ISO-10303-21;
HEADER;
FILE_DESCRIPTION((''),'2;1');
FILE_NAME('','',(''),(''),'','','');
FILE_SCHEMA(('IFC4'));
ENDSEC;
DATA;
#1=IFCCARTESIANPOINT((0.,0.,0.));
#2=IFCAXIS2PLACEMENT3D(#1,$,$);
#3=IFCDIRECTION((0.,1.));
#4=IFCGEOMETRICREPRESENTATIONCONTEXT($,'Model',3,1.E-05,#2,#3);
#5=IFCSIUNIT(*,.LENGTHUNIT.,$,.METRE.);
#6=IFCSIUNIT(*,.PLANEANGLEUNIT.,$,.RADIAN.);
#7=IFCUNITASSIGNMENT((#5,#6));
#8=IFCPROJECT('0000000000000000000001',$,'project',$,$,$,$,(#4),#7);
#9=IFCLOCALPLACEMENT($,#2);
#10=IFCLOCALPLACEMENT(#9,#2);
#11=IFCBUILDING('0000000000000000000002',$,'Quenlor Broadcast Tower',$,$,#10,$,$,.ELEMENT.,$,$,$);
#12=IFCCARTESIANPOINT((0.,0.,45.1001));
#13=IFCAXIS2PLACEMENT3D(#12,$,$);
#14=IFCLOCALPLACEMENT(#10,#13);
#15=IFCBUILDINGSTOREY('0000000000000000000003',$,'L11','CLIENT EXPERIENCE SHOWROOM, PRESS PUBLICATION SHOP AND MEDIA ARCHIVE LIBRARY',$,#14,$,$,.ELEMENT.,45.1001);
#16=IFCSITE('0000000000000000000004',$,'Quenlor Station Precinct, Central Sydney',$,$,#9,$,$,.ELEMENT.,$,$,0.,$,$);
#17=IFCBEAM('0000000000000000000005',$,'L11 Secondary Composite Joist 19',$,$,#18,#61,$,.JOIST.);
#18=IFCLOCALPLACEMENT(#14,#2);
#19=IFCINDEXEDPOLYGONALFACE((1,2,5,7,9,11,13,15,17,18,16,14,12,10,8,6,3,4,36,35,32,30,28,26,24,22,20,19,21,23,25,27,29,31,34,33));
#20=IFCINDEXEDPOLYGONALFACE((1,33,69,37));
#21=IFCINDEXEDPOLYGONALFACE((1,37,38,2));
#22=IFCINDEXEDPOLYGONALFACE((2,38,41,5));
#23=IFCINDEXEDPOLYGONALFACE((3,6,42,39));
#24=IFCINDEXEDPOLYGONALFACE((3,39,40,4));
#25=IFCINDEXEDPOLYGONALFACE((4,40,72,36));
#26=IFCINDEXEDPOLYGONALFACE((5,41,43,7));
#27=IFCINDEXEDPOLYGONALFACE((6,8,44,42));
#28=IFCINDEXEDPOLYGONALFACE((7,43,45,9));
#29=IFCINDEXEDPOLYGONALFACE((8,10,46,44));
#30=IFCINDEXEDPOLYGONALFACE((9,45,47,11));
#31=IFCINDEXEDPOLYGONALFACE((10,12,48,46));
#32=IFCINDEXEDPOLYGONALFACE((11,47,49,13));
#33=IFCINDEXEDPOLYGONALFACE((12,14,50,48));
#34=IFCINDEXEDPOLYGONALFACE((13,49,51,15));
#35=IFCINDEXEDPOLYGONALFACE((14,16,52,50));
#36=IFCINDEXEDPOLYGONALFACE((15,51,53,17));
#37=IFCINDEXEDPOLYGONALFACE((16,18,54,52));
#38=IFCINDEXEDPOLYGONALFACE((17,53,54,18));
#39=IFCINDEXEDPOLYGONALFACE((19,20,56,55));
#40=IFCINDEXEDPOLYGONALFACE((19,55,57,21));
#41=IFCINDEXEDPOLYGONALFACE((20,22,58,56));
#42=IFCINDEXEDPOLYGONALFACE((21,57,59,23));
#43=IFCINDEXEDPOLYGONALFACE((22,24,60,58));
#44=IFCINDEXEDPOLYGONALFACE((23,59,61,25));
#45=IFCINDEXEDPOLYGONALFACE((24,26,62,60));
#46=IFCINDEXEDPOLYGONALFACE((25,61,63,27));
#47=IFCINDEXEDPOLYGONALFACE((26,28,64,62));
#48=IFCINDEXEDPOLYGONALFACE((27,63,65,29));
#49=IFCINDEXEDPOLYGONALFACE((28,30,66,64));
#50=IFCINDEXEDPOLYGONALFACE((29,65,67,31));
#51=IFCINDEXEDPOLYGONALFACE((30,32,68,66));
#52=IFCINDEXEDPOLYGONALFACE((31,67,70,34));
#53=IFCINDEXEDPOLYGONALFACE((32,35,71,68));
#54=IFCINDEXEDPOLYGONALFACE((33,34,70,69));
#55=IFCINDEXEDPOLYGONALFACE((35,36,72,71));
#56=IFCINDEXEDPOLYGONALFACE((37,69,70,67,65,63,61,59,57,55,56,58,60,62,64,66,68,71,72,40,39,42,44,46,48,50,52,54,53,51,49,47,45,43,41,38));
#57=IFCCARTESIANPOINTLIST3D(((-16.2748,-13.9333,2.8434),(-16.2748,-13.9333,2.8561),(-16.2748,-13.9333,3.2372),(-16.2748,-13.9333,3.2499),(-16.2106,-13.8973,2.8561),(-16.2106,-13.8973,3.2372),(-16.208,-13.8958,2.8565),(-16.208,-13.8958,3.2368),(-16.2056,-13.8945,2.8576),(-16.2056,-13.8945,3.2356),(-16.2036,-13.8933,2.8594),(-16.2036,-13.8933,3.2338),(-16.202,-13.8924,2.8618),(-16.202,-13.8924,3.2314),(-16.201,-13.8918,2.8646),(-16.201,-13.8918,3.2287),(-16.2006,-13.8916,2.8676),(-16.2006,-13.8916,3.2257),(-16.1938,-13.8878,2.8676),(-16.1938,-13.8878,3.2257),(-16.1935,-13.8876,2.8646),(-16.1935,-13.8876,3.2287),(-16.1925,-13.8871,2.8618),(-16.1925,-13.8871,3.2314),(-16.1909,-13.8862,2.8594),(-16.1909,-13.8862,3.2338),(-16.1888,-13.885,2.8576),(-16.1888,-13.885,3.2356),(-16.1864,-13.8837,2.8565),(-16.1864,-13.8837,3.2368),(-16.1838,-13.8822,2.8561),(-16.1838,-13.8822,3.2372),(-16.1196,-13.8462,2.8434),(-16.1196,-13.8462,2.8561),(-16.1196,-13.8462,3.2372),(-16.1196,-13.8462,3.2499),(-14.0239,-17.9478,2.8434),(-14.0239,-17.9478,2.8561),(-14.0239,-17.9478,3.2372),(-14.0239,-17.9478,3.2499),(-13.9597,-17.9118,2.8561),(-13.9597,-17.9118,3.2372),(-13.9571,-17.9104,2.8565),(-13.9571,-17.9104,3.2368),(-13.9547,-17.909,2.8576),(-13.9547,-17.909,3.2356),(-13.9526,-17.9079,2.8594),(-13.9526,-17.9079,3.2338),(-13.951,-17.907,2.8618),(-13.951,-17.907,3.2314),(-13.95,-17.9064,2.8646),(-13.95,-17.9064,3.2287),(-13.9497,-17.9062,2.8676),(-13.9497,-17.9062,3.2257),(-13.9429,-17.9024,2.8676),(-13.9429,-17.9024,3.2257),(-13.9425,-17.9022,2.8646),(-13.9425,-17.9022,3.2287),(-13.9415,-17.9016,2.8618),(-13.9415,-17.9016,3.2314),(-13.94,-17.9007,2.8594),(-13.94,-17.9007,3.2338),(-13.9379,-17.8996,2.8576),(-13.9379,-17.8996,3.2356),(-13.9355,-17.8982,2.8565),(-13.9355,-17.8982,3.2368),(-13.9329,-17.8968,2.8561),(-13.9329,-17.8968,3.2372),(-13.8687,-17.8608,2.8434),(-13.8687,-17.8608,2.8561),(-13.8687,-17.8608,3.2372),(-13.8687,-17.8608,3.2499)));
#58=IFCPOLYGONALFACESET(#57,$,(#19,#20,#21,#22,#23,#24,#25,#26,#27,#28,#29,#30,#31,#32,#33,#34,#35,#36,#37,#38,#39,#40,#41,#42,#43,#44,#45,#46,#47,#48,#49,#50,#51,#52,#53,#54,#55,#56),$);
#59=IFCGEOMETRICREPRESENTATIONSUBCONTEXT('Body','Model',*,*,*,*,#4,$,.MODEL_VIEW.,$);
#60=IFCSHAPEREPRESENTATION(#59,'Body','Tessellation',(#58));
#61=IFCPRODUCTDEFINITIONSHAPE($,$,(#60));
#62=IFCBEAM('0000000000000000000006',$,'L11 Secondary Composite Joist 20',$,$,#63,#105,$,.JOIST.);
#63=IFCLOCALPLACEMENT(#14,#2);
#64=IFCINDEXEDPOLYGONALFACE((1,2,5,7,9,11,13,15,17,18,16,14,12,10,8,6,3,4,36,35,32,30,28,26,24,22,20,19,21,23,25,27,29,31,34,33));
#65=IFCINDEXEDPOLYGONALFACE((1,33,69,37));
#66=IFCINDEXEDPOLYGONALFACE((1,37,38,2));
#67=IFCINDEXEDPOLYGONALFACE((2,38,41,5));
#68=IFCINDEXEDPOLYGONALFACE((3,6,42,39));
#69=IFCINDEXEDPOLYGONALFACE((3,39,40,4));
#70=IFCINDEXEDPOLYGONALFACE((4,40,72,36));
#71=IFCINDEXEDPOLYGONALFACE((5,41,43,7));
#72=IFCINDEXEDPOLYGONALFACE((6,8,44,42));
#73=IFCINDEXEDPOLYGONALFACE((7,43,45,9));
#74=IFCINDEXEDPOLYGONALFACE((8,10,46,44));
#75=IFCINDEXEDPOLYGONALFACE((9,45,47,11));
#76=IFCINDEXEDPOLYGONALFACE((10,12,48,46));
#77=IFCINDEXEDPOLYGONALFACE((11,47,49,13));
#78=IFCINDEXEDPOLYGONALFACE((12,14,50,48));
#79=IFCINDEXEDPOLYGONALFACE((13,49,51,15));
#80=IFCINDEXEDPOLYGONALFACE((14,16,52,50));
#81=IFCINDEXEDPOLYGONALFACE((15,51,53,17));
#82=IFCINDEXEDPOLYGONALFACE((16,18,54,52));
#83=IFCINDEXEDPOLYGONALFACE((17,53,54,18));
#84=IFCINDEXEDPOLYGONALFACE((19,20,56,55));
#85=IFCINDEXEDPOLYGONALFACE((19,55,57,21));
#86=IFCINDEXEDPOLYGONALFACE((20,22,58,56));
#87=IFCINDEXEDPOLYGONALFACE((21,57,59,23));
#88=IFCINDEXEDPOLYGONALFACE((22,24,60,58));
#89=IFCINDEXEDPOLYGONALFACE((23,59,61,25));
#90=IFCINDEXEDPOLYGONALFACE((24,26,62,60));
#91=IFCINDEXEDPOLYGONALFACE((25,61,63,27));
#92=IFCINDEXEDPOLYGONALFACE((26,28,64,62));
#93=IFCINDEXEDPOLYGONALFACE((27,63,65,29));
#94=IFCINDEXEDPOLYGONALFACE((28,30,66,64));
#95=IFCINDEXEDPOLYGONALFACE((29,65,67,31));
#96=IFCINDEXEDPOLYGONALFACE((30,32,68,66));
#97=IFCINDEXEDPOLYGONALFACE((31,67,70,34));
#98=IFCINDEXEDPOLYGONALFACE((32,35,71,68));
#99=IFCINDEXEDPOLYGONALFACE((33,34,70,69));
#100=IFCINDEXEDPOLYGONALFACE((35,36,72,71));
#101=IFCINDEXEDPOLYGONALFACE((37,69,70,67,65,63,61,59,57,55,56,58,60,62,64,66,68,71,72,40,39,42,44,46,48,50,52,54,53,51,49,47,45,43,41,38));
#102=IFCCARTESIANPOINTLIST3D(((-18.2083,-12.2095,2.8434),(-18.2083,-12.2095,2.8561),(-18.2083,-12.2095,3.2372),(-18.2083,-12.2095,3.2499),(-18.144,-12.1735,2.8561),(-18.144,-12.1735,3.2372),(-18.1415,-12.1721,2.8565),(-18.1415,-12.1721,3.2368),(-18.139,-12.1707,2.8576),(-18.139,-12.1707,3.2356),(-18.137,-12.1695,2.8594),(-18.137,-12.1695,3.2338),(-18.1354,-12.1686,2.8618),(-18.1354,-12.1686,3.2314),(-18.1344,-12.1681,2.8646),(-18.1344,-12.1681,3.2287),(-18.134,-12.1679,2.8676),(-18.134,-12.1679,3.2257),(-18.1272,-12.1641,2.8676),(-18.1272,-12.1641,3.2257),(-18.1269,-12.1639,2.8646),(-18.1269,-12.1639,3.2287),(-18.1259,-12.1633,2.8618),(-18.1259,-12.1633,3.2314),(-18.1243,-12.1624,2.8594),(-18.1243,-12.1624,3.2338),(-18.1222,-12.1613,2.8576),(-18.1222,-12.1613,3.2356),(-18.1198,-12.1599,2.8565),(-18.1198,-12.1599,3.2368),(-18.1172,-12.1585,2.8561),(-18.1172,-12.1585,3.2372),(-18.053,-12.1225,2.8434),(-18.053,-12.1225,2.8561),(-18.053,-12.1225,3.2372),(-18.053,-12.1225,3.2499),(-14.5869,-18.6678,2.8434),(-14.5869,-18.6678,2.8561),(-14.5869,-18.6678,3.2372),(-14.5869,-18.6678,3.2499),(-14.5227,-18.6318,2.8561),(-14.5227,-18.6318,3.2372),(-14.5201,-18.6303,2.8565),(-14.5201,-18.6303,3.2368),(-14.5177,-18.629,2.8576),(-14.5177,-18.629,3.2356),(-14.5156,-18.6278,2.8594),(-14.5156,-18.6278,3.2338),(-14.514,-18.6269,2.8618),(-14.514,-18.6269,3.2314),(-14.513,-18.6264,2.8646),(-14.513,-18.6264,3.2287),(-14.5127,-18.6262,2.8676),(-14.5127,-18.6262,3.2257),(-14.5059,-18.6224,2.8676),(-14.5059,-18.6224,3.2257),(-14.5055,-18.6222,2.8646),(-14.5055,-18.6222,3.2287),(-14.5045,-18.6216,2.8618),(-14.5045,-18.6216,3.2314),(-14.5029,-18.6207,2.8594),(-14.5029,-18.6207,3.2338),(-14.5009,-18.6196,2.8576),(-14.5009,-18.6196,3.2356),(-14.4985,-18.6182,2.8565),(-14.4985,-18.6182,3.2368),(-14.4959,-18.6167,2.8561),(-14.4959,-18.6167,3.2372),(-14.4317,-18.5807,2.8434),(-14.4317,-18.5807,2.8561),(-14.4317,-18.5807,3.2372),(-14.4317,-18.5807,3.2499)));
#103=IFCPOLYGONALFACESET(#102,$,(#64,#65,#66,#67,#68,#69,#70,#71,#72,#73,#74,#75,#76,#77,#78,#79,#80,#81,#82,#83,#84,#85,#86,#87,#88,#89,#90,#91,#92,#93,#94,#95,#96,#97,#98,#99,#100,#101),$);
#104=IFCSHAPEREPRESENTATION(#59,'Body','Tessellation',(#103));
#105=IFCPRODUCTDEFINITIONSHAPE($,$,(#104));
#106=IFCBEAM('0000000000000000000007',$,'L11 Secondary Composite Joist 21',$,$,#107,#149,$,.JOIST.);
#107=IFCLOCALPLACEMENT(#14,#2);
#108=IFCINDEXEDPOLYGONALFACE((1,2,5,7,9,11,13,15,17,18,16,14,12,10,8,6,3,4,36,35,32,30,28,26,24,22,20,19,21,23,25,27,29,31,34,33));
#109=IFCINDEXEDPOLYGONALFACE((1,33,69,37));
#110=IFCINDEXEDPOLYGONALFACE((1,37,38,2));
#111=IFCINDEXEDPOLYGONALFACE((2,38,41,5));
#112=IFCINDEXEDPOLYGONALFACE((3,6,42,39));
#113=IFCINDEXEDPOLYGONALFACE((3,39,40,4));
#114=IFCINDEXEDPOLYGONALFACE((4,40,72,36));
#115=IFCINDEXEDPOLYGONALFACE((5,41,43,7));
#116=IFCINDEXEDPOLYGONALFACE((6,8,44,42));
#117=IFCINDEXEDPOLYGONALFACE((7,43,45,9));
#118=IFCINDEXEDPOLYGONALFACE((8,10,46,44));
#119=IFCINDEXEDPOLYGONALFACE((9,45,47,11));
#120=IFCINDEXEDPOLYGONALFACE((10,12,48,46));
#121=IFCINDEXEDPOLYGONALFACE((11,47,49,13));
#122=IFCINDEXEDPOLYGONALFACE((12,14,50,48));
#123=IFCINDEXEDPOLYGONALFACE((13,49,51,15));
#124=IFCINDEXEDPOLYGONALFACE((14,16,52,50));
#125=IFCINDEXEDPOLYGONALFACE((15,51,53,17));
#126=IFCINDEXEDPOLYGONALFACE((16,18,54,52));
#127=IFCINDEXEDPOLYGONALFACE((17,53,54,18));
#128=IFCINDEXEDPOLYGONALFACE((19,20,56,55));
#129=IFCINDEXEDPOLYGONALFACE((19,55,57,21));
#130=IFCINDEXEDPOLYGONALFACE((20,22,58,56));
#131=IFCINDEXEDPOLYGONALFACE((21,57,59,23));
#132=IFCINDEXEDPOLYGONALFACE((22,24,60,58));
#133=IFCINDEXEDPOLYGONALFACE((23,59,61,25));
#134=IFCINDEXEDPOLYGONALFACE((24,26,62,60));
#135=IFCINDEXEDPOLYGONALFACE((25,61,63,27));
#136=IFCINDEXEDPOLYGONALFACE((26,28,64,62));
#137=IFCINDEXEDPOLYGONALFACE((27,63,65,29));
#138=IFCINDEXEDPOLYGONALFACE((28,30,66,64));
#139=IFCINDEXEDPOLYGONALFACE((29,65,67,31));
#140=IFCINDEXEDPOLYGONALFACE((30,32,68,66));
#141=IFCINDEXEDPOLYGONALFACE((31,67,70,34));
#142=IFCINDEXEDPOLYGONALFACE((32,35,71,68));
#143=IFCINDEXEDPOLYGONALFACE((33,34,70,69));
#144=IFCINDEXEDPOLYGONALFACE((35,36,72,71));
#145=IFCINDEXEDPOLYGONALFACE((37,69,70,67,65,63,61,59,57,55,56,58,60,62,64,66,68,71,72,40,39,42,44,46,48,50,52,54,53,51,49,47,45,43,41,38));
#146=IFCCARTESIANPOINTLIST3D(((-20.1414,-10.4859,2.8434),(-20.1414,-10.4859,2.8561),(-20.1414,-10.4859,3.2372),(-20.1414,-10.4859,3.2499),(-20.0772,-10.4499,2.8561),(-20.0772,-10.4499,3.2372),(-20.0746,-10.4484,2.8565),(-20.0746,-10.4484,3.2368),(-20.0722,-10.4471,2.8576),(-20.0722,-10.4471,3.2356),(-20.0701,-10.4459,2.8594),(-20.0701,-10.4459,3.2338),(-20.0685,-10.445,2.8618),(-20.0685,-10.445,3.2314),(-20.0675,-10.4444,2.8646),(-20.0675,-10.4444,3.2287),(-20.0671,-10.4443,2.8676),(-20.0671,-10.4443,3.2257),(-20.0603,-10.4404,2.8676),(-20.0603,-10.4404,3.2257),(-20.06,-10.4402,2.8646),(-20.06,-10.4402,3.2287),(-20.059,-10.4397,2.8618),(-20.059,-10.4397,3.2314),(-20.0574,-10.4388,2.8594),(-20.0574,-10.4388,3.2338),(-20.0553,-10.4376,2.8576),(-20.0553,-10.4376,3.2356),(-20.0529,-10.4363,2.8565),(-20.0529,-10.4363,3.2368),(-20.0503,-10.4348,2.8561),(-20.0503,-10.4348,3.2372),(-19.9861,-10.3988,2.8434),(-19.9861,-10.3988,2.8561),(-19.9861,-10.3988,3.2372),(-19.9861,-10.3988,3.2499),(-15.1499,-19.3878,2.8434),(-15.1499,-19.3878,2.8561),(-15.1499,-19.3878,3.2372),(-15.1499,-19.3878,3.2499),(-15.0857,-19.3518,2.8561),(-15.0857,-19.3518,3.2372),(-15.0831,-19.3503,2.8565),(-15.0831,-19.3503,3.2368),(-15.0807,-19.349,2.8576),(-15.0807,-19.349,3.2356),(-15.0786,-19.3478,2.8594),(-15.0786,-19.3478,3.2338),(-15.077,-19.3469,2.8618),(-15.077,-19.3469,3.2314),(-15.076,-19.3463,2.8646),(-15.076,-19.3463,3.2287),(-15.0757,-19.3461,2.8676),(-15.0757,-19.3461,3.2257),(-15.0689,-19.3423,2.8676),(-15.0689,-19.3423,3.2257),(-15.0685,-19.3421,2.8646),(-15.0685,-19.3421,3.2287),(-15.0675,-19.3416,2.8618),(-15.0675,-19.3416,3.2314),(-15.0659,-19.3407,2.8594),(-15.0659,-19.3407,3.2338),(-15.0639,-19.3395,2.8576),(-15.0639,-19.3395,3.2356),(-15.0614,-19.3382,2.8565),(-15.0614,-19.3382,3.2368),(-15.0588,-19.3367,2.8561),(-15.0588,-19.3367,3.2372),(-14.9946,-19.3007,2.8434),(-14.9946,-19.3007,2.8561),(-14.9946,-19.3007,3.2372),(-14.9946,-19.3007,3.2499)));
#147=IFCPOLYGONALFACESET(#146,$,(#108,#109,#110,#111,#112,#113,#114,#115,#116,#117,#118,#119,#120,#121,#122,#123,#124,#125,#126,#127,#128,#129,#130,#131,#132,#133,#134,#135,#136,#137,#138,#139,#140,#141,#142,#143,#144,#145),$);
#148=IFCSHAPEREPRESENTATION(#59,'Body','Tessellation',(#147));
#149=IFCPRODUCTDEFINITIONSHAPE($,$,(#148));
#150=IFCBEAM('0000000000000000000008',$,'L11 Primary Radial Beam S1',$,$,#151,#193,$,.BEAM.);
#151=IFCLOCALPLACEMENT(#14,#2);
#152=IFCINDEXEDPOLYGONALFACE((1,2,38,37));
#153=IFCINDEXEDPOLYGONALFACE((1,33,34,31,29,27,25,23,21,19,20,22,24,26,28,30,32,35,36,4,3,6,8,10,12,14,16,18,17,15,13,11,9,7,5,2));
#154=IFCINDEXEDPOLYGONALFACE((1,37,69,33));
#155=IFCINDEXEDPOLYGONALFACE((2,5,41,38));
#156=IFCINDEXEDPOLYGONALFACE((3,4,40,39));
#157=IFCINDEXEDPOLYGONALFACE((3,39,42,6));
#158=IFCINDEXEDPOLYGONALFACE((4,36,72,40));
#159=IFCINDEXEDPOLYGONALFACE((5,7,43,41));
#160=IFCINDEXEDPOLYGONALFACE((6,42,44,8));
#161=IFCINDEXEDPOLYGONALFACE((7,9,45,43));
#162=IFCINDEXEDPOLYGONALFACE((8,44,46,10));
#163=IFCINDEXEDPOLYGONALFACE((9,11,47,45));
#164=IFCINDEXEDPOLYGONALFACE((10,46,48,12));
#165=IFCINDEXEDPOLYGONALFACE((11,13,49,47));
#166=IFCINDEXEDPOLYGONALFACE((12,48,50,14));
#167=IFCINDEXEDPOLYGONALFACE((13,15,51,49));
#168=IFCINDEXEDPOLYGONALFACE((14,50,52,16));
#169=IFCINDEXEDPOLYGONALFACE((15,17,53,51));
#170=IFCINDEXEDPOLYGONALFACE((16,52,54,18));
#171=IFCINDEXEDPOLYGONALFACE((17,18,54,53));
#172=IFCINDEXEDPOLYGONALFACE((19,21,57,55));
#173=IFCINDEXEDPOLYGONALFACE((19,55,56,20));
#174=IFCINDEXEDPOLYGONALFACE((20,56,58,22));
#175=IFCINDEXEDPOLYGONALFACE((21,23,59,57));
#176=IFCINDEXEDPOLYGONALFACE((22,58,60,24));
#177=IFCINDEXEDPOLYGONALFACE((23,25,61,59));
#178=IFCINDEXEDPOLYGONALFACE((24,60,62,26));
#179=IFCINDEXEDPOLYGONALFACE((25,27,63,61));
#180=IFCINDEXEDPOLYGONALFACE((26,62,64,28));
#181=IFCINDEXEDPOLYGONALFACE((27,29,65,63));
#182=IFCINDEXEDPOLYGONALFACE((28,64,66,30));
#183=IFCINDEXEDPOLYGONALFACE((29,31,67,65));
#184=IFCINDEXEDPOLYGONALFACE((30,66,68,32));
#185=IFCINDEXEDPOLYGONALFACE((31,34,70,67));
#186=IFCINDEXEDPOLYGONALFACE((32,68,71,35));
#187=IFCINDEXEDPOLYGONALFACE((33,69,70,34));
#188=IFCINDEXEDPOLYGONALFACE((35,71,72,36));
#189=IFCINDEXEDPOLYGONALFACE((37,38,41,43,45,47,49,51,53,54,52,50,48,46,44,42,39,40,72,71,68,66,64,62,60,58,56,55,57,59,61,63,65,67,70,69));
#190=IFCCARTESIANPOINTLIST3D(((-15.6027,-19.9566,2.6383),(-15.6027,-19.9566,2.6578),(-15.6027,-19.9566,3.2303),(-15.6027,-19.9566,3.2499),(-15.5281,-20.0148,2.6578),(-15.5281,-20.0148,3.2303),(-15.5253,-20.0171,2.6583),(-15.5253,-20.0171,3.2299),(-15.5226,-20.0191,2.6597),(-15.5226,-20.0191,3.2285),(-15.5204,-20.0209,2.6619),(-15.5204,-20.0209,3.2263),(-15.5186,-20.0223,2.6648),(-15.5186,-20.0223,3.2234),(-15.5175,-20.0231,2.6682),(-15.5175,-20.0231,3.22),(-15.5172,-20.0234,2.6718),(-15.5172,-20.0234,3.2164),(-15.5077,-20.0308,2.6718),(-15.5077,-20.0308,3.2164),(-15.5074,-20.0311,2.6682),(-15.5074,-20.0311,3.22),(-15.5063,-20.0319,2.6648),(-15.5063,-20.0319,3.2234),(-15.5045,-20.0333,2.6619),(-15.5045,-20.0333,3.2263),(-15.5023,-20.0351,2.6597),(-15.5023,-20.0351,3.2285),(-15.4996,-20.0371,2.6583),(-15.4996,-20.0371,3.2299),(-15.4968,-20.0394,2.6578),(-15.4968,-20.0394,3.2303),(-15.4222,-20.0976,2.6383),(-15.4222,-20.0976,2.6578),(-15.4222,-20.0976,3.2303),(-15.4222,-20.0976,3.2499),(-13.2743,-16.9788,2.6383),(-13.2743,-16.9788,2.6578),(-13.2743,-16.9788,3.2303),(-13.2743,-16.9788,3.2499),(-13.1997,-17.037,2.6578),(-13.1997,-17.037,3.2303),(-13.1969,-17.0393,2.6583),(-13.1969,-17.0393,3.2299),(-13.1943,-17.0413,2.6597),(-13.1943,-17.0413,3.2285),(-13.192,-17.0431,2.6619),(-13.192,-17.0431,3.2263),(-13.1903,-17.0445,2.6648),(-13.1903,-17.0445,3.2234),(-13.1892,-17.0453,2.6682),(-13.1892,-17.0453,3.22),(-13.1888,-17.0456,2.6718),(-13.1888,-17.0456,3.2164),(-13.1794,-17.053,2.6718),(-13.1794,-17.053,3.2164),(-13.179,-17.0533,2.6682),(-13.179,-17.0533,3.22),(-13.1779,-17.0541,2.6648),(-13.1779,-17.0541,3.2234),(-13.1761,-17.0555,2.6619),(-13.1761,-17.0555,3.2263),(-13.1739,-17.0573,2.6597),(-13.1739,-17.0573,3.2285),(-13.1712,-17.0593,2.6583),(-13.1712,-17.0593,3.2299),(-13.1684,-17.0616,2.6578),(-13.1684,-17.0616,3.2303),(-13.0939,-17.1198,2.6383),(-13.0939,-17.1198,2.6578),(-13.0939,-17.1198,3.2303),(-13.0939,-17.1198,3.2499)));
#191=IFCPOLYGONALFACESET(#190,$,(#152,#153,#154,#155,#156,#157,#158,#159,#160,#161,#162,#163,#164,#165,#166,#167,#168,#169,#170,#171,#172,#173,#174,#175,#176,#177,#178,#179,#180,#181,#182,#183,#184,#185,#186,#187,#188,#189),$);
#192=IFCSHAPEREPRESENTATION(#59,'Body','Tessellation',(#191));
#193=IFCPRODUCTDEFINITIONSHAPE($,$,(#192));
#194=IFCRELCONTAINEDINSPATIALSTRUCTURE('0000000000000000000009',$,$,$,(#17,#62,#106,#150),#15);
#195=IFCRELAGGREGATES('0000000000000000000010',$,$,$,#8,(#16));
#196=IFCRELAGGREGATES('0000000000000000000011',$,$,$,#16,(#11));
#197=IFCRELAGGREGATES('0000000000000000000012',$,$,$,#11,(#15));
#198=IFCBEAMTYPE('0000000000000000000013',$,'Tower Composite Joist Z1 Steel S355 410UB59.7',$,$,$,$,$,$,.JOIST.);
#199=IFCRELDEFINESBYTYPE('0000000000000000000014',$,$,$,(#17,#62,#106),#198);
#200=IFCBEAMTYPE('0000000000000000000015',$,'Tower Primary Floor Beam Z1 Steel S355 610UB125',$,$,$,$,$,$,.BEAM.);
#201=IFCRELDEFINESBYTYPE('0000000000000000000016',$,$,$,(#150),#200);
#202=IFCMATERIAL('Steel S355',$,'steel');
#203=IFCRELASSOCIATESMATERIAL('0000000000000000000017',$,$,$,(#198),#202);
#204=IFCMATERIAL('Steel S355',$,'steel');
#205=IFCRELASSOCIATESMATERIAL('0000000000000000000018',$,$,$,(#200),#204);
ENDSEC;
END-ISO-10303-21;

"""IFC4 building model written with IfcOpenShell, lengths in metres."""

from ifc_helpers import new_model, si_unit, direction, frame, origin, origin_2d, place, context, subcontext, project, spatial, i_section, extrude, material, material_profile, profile_set, type_object, element, save


model = new_model("IFC4")

# Units and contexts
model_context = context("Model", 3, precision=1e-05, world=origin(), true_north=direction((0.0, 1.0)))
body_context = subcontext(model_context, "Body", "Model", "MODEL_VIEW")
ifc_project = project(units=[si_unit("LENGTHUNIT", "METRE"), si_unit("PLANEANGLEUNIT", "RADIAN")], contexts=[model_context])

# Site, building, storey
site_placement = place(None, origin())
site = spatial("IfcSite", under=ifc_project, at=site_placement, Name="Quenlor Station Precinct, Central Sydney", CompositionType="ELEMENT", RefElevation=0.0)
building_placement = place(site_placement, origin())
building = spatial("IfcBuilding", under=site, at=building_placement, Name="Quenlor Broadcast Tower", CompositionType="ELEMENT")
storey_placement = place(building_placement, frame((0.0, 0.0, 45.1001)))
storey = spatial("IfcBuildingStorey", under=building, at=storey_placement, Name="L11", Description="CLIENT EXPERIENCE SHOWROOM, PRESS PUBLICATION SHOP AND MEDIA ARCHIVE LIBRARY", CompositionType="ELEMENT", Elevation=45.1001)

# Beams
ifc_material_1 = material(Name="Steel S355", Category="steel")
ifc_material_profile_1 = material_profile(ifc_material_1, i_section(OverallWidth=0.178, OverallDepth=0.4065, WebThickness=0.0078, FlangeThickness=0.0127, FilletRadius=0.0115, at=origin_2d()))
ifc_profile_set_1 = profile_set([ifc_material_profile_1], Name="Steel S355 410UB59.7")
beam_type_1 = type_object("IfcBeamType", Name="Tower Composite Joist Z1 Steel S355 410UB59.7", PredefinedType="JOIST", material=ifc_profile_set_1)
beam_1_placement = place(storey_placement, frame((-13.9463, -17.9043, 3.0466), z_axis=(-0.489062, 0.872249, 0.0), x_axis=(-0.872249, -0.489062, 0.0)))
element("IfcBeam", 1, at=beam_1_placement, inside=storey, type_object=beam_type_1, Name="L11 Secondary Composite Joist 19", PredefinedType="JOIST", context=body_context, shape_type="SweptSolid", body=[
    extrude(i_section(OverallWidth=0.178, OverallDepth=0.4065, WebThickness=0.0078, FlangeThickness=0.0127, FilletRadius=0.0115, at=origin_2d()), origin(), (0.0, 0.0, 1.0), 4.6025),
])
beam_2_placement = place(storey_placement, frame((-14.5093, -18.6243, 3.0466), z_axis=(-0.489088, 0.872234, 0.0), x_axis=(-0.872234, -0.489088, 0.0)))
element("IfcBeam", 2, at=beam_2_placement, inside=storey, type_object=beam_type_1, Name="L11 Secondary Composite Joist 20", PredefinedType="JOIST", context=body_context, shape_type="SweptSolid", body=[
    extrude(i_section(OverallWidth=0.178, OverallDepth=0.4065, WebThickness=0.0078, FlangeThickness=0.0127, FilletRadius=0.0115, at=origin_2d()), origin(), (0.0, 0.0, 1.0), 7.4043),
])
beam_3_placement = place(storey_placement, frame((-15.0723, -19.3442, 3.0466), z_axis=(-0.489082, 0.872238, 0.0), x_axis=(-0.872238, -0.489082, 0.0)))
element("IfcBeam", 3, at=beam_3_placement, inside=storey, type_object=beam_type_1, Name="L11 Secondary Composite Joist 21", PredefinedType="JOIST", context=body_context, shape_type="SweptSolid", body=[
    extrude(i_section(OverallWidth=0.178, OverallDepth=0.4065, WebThickness=0.0078, FlangeThickness=0.0127, FilletRadius=0.0115, at=origin_2d()), origin(), (0.0, 0.0, 1.0), 10.2058),
])
ifc_material_2 = material(Name="Steel S355", Category="steel")
ifc_material_profile_2 = material_profile(ifc_material_2, i_section(OverallWidth=0.229, OverallDepth=0.6116, WebThickness=0.012, FlangeThickness=0.0195, FilletRadius=0.0139, at=origin_2d()))
ifc_profile_set_2 = profile_set([ifc_material_profile_2], Name="Steel S355 610UB125")
beam_type_2 = type_object("IfcBeamType", Name="Tower Primary Floor Beam Z1 Steel S355 610UB125", PredefinedType="BEAM", material=ifc_profile_set_2)
beam_4_placement = place(storey_placement, frame((-15.5125, -20.0271, 2.9441), z_axis=(0.615969, 0.787771, 0.0), x_axis=(-0.787771, 0.615969, 0.0)))
element("IfcBeam", 4, at=beam_4_placement, inside=storey, type_object=beam_type_2, Name="L11 Primary Radial Beam S1", PredefinedType="BEAM", context=body_context, shape_type="SweptSolid", body=[
    extrude(i_section(OverallWidth=0.229, OverallDepth=0.6116, WebThickness=0.012, FlangeThickness=0.0195, FilletRadius=0.0139, at=origin_2d()), origin(), (0.0, 0.0, 1.0), 3.78),
])

save(model, "model.ifc")
